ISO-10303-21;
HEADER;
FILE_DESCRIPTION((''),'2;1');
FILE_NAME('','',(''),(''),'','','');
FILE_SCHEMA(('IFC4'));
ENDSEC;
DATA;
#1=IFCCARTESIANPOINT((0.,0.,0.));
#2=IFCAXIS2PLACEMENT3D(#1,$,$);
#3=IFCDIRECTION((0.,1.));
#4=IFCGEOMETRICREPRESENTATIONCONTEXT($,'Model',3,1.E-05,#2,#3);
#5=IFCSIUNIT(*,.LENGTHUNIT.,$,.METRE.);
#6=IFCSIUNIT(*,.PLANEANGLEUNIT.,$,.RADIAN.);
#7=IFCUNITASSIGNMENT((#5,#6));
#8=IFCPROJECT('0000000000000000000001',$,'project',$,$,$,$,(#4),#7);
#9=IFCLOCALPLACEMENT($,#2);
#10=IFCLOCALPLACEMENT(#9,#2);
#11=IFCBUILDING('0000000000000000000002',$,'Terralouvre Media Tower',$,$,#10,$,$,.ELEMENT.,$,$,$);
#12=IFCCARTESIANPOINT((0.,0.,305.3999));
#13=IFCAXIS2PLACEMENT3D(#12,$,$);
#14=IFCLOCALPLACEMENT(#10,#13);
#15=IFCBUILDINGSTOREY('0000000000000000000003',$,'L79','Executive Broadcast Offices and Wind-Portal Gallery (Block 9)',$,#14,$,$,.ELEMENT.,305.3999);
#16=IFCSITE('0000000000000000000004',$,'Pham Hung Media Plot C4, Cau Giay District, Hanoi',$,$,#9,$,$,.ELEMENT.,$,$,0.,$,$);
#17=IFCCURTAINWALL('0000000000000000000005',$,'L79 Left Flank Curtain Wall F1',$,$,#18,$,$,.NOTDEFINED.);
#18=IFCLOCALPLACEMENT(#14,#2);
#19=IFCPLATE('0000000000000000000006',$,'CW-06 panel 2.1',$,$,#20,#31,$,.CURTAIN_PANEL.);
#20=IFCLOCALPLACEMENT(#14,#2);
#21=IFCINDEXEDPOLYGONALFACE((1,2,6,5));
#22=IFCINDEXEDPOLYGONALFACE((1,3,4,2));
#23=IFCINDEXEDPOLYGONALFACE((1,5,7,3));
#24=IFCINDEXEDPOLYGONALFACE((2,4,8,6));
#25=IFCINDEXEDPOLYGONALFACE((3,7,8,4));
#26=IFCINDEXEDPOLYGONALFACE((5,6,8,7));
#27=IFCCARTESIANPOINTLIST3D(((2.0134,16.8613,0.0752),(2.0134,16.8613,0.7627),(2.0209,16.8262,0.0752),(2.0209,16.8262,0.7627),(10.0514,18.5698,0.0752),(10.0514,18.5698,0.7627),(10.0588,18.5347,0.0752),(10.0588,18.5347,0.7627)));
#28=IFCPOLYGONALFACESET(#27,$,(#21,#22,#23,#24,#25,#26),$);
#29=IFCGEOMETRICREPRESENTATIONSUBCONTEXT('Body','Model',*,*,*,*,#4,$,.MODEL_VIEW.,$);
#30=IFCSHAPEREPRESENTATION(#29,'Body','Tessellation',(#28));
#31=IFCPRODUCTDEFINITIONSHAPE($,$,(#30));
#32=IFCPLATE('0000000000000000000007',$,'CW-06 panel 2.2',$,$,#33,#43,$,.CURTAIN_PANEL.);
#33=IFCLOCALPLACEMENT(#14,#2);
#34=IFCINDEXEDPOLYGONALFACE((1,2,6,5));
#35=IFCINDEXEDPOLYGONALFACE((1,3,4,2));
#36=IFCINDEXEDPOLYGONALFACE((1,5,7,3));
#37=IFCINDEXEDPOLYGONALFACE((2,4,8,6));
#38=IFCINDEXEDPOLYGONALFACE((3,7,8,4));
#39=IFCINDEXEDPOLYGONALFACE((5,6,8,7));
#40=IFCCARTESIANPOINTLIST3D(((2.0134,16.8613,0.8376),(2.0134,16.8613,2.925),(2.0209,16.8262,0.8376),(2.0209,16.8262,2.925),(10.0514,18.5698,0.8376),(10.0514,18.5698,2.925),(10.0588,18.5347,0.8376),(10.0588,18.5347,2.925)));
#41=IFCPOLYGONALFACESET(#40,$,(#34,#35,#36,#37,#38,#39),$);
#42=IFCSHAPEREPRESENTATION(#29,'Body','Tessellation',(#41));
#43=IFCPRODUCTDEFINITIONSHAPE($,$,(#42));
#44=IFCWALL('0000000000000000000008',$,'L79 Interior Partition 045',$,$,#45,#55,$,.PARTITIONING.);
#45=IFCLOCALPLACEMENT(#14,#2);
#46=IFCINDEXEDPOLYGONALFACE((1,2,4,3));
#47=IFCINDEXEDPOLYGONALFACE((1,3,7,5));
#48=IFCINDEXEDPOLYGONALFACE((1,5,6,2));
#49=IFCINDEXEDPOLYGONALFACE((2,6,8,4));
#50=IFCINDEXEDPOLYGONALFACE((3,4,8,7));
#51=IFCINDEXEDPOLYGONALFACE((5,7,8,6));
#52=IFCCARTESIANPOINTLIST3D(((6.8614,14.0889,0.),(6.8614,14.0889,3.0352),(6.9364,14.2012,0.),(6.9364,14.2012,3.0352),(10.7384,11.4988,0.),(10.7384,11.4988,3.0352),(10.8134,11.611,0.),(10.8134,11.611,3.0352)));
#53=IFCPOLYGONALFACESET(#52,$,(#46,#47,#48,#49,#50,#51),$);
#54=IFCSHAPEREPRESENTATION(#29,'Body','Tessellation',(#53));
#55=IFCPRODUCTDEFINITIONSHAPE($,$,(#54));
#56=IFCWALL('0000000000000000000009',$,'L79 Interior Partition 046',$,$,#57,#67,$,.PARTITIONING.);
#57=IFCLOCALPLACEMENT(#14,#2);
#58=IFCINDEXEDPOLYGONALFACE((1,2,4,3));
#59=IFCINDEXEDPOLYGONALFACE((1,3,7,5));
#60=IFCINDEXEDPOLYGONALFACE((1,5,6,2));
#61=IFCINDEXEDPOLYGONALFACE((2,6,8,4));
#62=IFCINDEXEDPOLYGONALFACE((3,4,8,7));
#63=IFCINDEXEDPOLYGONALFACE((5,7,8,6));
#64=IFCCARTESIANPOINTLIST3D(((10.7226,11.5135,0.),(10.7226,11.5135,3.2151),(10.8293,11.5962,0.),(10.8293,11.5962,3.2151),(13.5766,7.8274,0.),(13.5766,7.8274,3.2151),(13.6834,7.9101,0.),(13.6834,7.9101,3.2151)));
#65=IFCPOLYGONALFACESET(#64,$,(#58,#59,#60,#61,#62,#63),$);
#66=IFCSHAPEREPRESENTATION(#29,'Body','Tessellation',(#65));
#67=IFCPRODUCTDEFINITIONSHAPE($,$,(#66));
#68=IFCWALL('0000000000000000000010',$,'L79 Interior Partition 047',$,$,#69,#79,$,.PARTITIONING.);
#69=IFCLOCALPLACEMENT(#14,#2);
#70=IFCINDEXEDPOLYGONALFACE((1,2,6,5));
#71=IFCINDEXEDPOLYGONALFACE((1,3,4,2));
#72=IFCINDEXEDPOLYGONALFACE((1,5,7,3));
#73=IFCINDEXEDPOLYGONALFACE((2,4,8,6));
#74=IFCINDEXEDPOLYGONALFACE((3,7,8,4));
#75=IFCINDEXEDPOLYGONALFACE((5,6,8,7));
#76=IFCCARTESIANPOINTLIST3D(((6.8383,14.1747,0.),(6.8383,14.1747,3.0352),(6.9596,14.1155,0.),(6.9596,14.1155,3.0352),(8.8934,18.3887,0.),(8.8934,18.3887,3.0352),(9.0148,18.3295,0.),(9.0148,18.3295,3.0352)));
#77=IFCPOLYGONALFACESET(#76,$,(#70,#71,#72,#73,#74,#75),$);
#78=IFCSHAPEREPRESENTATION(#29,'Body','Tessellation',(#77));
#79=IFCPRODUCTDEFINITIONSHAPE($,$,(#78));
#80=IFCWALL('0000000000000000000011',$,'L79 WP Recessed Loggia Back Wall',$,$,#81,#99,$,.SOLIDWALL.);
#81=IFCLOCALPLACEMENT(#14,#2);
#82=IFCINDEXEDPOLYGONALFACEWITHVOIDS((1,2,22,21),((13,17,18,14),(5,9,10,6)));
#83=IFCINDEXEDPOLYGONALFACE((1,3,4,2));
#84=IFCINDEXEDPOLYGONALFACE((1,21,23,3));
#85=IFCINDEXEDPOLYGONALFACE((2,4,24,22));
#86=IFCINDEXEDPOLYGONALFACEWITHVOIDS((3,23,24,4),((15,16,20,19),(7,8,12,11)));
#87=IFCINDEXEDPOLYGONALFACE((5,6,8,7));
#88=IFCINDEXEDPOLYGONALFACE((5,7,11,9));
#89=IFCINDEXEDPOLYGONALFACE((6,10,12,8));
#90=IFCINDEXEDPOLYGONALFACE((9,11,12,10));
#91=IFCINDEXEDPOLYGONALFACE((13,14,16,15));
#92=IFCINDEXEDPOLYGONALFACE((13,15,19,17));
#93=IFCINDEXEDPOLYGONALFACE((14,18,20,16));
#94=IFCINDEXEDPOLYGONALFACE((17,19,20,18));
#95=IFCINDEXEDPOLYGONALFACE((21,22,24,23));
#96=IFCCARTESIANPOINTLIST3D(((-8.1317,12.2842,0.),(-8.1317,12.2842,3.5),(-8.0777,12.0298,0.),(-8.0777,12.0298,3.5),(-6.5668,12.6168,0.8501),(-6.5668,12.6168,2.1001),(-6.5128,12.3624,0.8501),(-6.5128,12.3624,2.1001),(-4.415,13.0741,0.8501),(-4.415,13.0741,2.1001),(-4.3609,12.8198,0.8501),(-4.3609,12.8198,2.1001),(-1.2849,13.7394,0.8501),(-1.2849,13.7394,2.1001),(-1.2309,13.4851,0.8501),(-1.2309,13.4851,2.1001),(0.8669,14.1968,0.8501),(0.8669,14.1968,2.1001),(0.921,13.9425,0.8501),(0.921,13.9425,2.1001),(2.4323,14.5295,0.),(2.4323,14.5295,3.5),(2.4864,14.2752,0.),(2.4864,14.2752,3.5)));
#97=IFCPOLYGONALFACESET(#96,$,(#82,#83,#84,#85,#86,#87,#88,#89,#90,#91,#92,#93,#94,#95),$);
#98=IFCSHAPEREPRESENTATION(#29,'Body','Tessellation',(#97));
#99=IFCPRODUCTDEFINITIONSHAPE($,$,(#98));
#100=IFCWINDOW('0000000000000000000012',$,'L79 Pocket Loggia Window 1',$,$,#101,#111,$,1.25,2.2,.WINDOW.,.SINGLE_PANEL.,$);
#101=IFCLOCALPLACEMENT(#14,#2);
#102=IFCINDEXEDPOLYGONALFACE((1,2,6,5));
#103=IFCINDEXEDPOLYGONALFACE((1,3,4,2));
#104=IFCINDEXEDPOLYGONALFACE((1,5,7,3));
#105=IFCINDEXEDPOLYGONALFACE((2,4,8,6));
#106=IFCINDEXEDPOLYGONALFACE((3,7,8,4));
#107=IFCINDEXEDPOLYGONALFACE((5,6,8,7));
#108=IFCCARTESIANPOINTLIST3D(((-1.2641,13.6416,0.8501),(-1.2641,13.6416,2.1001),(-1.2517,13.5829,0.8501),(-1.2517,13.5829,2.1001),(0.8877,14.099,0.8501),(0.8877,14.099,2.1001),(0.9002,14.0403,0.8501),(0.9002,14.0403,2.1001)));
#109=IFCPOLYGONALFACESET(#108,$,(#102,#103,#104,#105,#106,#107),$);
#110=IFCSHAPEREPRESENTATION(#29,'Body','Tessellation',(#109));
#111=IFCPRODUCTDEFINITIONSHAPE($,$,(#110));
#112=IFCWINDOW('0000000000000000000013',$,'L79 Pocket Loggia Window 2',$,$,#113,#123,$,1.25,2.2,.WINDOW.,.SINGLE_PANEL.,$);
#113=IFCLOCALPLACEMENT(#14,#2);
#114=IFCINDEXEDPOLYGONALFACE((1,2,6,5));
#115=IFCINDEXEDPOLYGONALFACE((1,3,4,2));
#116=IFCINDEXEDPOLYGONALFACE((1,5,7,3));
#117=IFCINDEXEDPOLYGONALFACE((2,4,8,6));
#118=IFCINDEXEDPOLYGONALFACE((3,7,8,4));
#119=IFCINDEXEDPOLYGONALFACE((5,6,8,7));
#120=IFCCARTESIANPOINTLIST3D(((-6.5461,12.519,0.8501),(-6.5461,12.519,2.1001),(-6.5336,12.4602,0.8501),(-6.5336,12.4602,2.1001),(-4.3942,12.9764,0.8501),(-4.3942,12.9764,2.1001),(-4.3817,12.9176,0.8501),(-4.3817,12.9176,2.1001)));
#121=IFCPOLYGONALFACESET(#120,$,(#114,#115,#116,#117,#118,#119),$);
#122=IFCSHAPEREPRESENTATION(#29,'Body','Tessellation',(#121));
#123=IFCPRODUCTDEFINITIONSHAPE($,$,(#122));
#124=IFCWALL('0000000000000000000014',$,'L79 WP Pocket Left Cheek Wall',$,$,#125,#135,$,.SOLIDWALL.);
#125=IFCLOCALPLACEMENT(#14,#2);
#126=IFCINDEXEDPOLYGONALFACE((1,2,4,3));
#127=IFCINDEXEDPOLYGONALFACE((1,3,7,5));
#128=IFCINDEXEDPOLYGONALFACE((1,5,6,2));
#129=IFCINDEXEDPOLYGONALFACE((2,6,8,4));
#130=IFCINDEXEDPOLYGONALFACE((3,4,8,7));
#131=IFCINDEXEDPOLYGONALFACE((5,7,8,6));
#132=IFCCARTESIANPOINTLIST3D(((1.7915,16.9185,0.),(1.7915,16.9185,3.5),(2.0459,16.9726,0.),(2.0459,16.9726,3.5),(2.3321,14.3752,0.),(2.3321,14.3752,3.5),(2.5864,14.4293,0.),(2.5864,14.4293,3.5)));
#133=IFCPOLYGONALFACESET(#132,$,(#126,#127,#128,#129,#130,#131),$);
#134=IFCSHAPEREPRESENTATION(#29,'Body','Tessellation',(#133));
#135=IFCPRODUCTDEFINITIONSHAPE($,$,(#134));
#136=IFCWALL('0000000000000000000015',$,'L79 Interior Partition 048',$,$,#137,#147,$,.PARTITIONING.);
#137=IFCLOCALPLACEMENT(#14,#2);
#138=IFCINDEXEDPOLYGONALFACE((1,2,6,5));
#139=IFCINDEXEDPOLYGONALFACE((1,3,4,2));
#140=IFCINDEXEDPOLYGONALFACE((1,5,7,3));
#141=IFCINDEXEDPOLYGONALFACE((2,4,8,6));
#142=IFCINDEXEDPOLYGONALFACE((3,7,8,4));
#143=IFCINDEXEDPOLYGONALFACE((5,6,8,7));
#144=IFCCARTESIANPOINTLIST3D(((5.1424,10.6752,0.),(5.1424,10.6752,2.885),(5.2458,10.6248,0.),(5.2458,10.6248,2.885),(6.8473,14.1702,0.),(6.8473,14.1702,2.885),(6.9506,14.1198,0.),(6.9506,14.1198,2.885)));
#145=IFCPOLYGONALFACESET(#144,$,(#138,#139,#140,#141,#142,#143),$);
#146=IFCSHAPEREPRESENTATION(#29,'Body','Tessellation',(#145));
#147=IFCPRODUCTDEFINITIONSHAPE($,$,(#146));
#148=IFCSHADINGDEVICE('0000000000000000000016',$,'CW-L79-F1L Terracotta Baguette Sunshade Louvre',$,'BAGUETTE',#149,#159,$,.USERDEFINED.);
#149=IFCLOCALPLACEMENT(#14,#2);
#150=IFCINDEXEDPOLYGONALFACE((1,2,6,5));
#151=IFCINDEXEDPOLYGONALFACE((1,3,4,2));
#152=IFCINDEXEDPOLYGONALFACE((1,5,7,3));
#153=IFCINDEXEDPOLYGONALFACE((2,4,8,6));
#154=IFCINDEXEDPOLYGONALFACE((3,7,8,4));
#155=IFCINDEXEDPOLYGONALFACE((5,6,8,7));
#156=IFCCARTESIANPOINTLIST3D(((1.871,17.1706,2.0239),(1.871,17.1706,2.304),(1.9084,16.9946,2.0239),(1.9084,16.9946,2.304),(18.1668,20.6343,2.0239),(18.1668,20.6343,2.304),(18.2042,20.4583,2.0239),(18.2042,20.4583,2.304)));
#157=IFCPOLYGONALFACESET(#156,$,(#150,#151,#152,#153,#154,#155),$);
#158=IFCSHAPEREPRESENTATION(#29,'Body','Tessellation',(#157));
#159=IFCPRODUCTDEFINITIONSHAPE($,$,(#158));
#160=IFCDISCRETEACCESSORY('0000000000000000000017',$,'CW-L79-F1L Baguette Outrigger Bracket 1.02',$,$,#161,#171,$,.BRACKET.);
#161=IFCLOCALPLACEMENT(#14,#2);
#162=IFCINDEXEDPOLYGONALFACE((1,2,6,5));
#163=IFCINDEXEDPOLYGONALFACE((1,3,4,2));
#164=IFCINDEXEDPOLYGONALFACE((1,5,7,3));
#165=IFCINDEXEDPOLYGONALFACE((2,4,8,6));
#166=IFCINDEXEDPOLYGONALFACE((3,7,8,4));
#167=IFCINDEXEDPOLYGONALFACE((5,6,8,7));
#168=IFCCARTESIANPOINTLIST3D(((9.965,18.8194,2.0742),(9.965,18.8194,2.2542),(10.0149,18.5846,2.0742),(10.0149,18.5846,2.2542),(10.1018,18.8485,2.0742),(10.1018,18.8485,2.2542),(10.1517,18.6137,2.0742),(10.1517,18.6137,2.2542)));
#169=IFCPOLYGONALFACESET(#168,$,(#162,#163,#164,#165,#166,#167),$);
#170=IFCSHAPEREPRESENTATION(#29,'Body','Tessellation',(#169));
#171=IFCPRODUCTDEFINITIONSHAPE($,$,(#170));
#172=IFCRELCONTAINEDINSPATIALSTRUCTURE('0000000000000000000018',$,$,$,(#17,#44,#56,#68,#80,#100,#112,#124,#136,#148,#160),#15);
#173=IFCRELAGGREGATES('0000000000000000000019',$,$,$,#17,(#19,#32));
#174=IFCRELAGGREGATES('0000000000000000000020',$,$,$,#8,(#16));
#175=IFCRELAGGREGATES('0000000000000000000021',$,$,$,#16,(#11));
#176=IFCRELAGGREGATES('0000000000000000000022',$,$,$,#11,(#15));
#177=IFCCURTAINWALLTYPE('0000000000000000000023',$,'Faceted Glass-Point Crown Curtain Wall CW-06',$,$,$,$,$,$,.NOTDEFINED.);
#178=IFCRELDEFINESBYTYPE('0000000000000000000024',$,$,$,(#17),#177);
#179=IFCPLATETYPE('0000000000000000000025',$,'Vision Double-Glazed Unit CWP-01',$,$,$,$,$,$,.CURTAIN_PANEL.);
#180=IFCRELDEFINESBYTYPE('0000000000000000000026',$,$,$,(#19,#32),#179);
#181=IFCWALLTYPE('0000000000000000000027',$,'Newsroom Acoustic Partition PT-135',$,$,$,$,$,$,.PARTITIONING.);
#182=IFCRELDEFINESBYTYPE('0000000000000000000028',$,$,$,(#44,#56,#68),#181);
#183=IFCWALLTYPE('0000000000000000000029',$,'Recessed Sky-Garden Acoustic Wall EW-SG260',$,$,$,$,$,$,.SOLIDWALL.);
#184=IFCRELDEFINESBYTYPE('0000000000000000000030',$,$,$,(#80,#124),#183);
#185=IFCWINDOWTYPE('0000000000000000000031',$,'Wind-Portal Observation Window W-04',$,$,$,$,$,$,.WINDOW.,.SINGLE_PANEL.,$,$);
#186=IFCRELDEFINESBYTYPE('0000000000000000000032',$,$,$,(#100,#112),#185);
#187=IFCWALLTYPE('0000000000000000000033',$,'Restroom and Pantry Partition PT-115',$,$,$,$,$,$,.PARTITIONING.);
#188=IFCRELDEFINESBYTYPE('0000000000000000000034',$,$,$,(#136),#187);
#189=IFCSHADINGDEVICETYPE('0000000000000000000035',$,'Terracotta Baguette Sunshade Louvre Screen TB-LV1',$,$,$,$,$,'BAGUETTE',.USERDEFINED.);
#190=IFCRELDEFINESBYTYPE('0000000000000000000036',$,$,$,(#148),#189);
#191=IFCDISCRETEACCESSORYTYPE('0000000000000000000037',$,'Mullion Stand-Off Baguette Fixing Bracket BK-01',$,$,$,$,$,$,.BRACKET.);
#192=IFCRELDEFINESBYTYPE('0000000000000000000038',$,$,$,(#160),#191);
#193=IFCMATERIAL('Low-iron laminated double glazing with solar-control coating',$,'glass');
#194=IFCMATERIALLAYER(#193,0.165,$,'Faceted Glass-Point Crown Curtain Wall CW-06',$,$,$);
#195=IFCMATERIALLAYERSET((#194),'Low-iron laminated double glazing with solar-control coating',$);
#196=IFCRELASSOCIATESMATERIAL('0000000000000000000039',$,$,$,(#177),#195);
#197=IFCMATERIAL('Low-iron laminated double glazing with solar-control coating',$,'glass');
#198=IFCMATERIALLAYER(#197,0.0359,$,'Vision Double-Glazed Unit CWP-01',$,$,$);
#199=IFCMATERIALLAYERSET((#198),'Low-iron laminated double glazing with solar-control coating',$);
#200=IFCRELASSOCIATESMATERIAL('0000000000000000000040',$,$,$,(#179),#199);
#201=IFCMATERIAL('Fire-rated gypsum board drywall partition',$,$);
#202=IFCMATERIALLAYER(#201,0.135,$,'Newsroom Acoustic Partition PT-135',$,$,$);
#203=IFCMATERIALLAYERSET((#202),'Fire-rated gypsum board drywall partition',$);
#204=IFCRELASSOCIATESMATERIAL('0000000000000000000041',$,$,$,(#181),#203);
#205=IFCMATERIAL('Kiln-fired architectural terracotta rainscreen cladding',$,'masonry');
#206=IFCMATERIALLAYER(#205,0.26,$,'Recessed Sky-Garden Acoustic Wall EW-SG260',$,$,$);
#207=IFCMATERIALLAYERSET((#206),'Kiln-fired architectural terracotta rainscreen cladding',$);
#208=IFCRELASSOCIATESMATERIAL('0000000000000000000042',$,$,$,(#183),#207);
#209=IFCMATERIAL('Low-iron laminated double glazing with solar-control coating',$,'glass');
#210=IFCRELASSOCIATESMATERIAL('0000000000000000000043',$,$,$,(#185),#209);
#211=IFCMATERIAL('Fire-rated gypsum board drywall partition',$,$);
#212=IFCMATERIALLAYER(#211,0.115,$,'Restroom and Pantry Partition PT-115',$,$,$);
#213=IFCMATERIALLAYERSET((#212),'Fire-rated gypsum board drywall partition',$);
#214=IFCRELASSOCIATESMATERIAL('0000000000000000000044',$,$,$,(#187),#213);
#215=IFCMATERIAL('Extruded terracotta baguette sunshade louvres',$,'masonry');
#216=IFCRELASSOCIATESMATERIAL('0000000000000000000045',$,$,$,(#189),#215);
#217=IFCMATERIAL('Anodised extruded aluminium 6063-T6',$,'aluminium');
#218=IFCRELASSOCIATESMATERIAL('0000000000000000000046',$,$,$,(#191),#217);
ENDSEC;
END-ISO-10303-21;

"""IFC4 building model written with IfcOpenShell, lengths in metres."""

from ifc_helpers import new_model, si_unit, direction, frame, frame_2d, origin, origin_2d, place, context, subcontext, project, spatial, rectangle, extrude, material, layer, layer_set, type_object, element, fill, aggregate, save


model = new_model("IFC4")

# Units and contexts
model_context = context("Model", 3, precision=1e-05, world=origin(), true_north=direction((0.0, 1.0)))
body_context = subcontext(model_context, "Body", "Model", "MODEL_VIEW")
ifc_project = project(units=[si_unit("LENGTHUNIT", "METRE"), si_unit("PLANEANGLEUNIT", "RADIAN")], contexts=[model_context])

# Site, building, storey
site_placement = place(None, origin())
site = spatial("IfcSite", under=ifc_project, at=site_placement, Name="Pham Hung Media Plot C4, Cau Giay District, Hanoi", CompositionType="ELEMENT", RefElevation=0.0)
building_placement = place(site_placement, origin())
building = spatial("IfcBuilding", under=site, at=building_placement, Name="Terralouvre Media Tower", CompositionType="ELEMENT")
storey_placement = place(building_placement, frame((0.0, 0.0, 305.3999)))
storey = spatial("IfcBuildingStorey", under=building, at=storey_placement, Name="L79", Description="Executive Broadcast Offices and Wind-Portal Gallery (Block 9)", CompositionType="ELEMENT", Elevation=305.3999)

# Curtain wall
ifc_material_1 = material(Name="Low-iron laminated double glazing with solar-control coating", Category="glass")
ifc_layer_1 = layer(ifc_material_1, 0.165, Name="Faceted Glass-Point Crown Curtain Wall CW-06")
ifc_layer_set_1 = layer_set([ifc_layer_1], Name="Low-iron laminated double glazing with solar-control coating")
curtain_wall_type = type_object("IfcCurtainWallType", Name="Faceted Glass-Point Crown Curtain Wall CW-06", PredefinedType="NOTDEFINED", material=ifc_layer_set_1)
curtain_wall_placement = place(storey_placement, origin())
curtain_wall = element("IfcCurtainWall", 1, at=curtain_wall_placement, inside=storey, type_object=curtain_wall_type, Name="L79 Left Flank Curtain Wall F1", PredefinedType="NOTDEFINED")

# Plates
ifc_material_2 = material(Name="Low-iron laminated double glazing with solar-control coating", Category="glass")
ifc_layer_2 = layer(ifc_material_2, 0.0359, Name="Vision Double-Glazed Unit CWP-01")
ifc_layer_set_2 = layer_set([ifc_layer_2], Name="Low-iron laminated double glazing with solar-control coating")
plate_type = type_object("IfcPlateType", Name="Vision Double-Glazed Unit CWP-01", PredefinedType="CURTAIN_PANEL", material=ifc_layer_set_2)
plate_1_placement = place(storey_placement, frame((6.0361, 17.698, 0.0752), z_axis=(0.0, 0.0, 1.0), x_axis=(-0.978148, -0.207912, 0.0)))
plate_1 = element("IfcPlate", 2, at=plate_1_placement, type_object=plate_type, Name="CW-06 panel 2.1", PredefinedType="CURTAIN_PANEL", context=body_context, shape_type="SweptSolid", body=[
    extrude(rectangle(XDim=8.2175, YDim=0.0359, at=origin_2d()), origin(), (0.0, 0.0, 1.0), 0.6875),
])
plate_2_placement = place(storey_placement, frame((6.0361, 17.698, 0.8376), z_axis=(0.0, 0.0, 1.0), x_axis=(-0.978148, -0.207912, 0.0)))
plate_2 = element("IfcPlate", 3, at=plate_2_placement, type_object=plate_type, Name="CW-06 panel 2.2", PredefinedType="CURTAIN_PANEL", context=body_context, shape_type="SweptSolid", body=[
    extrude(rectangle(XDim=8.2175, YDim=0.0359, at=origin_2d()), origin(), (0.0, 0.0, 1.0), 2.0874),
])
aggregate(curtain_wall, [plate_1, plate_2])

# Walls
ifc_material_3 = material(Name="Fire-rated gypsum board drywall partition")
ifc_layer_3 = layer(ifc_material_3, 0.135, Name="Newsroom Acoustic Partition PT-135")
ifc_layer_set_3 = layer_set([ifc_layer_3], Name="Fire-rated gypsum board drywall partition")
wall_type_1 = type_object("IfcWallType", Name="Newsroom Acoustic Partition PT-135", PredefinedType="PARTITIONING", material=ifc_layer_set_3)
wall_1_placement = place(storey_placement, frame((6.8989, 14.145, 0.0), z_axis=(0.0, 0.0, 1.0), x_axis=(0.83151, -0.55551, 0.0)))
element("IfcWall", 4, at=wall_1_placement, inside=storey, type_object=wall_type_1, Name="L79 Interior Partition 045", PredefinedType="PARTITIONING", context=body_context, shape_type="SweptSolid", body=[
    extrude(rectangle(XDim=4.6626, YDim=0.135, at=frame_2d((2.3313, 0.0))), origin(), (0.0, 0.0, 1.0), 3.0352),
])
wall_2_placement = place(storey_placement, frame((10.7759, 11.5549, 0.0), z_axis=(0.0, 0.0, 1.0), x_axis=(0.612213, -0.790693, 0.0)))
element("IfcWall", 5, at=wall_2_placement, inside=storey, type_object=wall_type_1, Name="L79 Interior Partition 046", PredefinedType="PARTITIONING", context=body_context, shape_type="SweptSolid", body=[
    extrude(rectangle(XDim=4.6619, YDim=0.135, at=frame_2d((2.3311, 0.0))), origin(), (0.0, 0.0, 1.0), 3.2151),
])
wall_3_placement = place(storey_placement, frame((8.9541, 18.3591, 0.0), z_axis=(0.0, 0.0, 1.0), x_axis=(-0.43834, -0.898809, 0.0)))
element("IfcWall", 6, at=wall_3_placement, inside=storey, type_object=wall_type_1, Name="L79 Interior Partition 047", PredefinedType="PARTITIONING", context=body_context, shape_type="SweptSolid", body=[
    extrude(rectangle(XDim=4.6885, YDim=0.135, at=frame_2d((2.3442, 0.0))), origin(), (0.0, 0.0, 1.0), 3.0352),
])

# Wall, openings, windows
ifc_material_4 = material(Name="Kiln-fired architectural terracotta rainscreen cladding", Category="masonry")
ifc_layer_4 = layer(ifc_material_4, 0.26, Name="Recessed Sky-Garden Acoustic Wall EW-SG260")
ifc_layer_set_4 = layer_set([ifc_layer_4], Name="Kiln-fired architectural terracotta rainscreen cladding")
wall_type_2 = type_object("IfcWallType", Name="Recessed Sky-Garden Acoustic Wall EW-SG260", PredefinedType="SOLIDWALL", material=ifc_layer_set_4)
wall_4_placement = place(storey_placement, frame((2.4592, 14.4023, 0.0), z_axis=(0.0, 0.0, 1.0), x_axis=(-0.978149, -0.207905, 0.0)))
wall_4 = element("IfcWall", 7, at=wall_4_placement, inside=storey, type_object=wall_type_2, Name="L79 WP Recessed Loggia Back Wall", PredefinedType="SOLIDWALL", context=body_context, shape_type="SweptSolid", body=[
    extrude(rectangle(XDim=10.8, YDim=0.26, at=frame_2d((5.3999, 0.0))), origin(), (0.0, 0.0, 1.0), 3.5),
])
opening_1_placement = place(wall_4_placement, frame((1.6001, 0.0, 0.8501)))
opening_1 = element("IfcOpeningElement", 8, at=opening_1_placement, cuts=wall_4, PredefinedType="OPENING", context=body_context, shape_type="SweptSolid", body=[
    extrude(rectangle(XDim=2.2, YDim=1.25, at=frame_2d((1.1001, 0.625))), frame((0.0, 0.1399, 0.0), z_axis=(0.0, -1.0, 0.0), x_axis=(1.0, 0.0, 0.0)), (0.0, 0.0, 1.0), 0.28),
])
opening_2_placement = place(wall_4_placement, frame((7.0, 0.0, 0.8501)))
opening_2 = element("IfcOpeningElement", 9, at=opening_2_placement, cuts=wall_4, PredefinedType="OPENING", context=body_context, shape_type="SweptSolid", body=[
    extrude(rectangle(XDim=2.2, YDim=1.25, at=frame_2d((1.1001, 0.625))), frame((0.0, 0.1399, 0.0), z_axis=(0.0, -1.0, 0.0), x_axis=(1.0, 0.0, 0.0)), (0.0, 0.0, 1.0), 0.28),
])
ifc_material_5 = material(Name="Low-iron laminated double glazing with solar-control coating", Category="glass")
window_type = type_object("IfcWindowType", Name="Wind-Portal Observation Window W-04", PartitioningType="SINGLE_PANEL", PredefinedType="WINDOW", material=ifc_material_5)
window_1_placement = place(opening_1_placement, origin())
window_1 = element("IfcWindow", 10, at=window_1_placement, inside=storey, type_object=window_type, Name="L79 Pocket Loggia Window 1", OverallHeight=1.25, OverallWidth=2.2, PartitioningType="SINGLE_PANEL", PredefinedType="WINDOW", context=body_context, shape_type="SweptSolid", body=[
    extrude(rectangle(XDim=2.2, YDim=1.25, at=frame_2d((1.1001, 0.625))), frame((0.0, 0.03, 0.0), z_axis=(0.0, -1.0, 0.0), x_axis=(1.0, 0.0, 0.0)), (0.0, 0.0, 1.0), 0.0601),
])
fill(opening_1, window_1)
window_2_placement = place(opening_2_placement, origin())
window_2 = element("IfcWindow", 11, at=window_2_placement, inside=storey, type_object=window_type, Name="L79 Pocket Loggia Window 2", OverallHeight=1.25, OverallWidth=2.2, PartitioningType="SINGLE_PANEL", PredefinedType="WINDOW", context=body_context, shape_type="SweptSolid", body=[
    extrude(rectangle(XDim=2.2, YDim=1.25, at=frame_2d((1.1001, 0.625))), frame((0.0, 0.03, 0.0), z_axis=(0.0, -1.0, 0.0), x_axis=(1.0, 0.0, 0.0)), (0.0, 0.0, 1.0), 0.0601),
])
fill(opening_2, window_2)

# Walls
wall_5_placement = place(storey_placement, frame((1.9187, 16.9456, 0.0), z_axis=(0.0, 0.0, 1.0), x_axis=(0.207894, -0.978151, 0.0)))
element("IfcWall", 12, at=wall_5_placement, inside=storey, type_object=wall_type_2, Name="L79 WP Pocket Left Cheek Wall", PredefinedType="SOLIDWALL", context=body_context, shape_type="SweptSolid", body=[
    extrude(rectangle(XDim=2.6001, YDim=0.26, at=frame_2d((1.3, 0.0))), origin(), (0.0, 0.0, 1.0), 3.5),
])
ifc_material_6 = material(Name="Fire-rated gypsum board drywall partition")
ifc_layer_5 = layer(ifc_material_6, 0.115, Name="Restroom and Pantry Partition PT-115")
ifc_layer_set_5 = layer_set([ifc_layer_5], Name="Fire-rated gypsum board drywall partition")
wall_type_3 = type_object("IfcWallType", Name="Restroom and Pantry Partition PT-115", PredefinedType="PARTITIONING", material=ifc_layer_set_5)
wall_6_placement = place(storey_placement, frame((6.8989, 14.145, 0.0), z_axis=(0.0, 0.0, 1.0), x_axis=(-0.438403, -0.898779, 0.0)))
element("IfcWall", 13, at=wall_6_placement, inside=storey, type_object=wall_type_3, Name="L79 Interior Partition 048", PredefinedType="PARTITIONING", context=body_context, shape_type="SweptSolid", body=[
    extrude(rectangle(XDim=3.8887, YDim=0.115, at=frame_2d((1.9443, 0.0))), origin(), (0.0, 0.0, 1.0), 2.885),
])

# Shading device
ifc_material_7 = material(Name="Extruded terracotta baguette sunshade louvres", Category="masonry")
shading_device_type = type_object("IfcShadingDeviceType", Name="Terracotta Baguette Sunshade Louvre Screen TB-LV1", ElementType="BAGUETTE", PredefinedType="USERDEFINED", material=ifc_material_7)
shading_device_placement = place(storey_placement, frame((10.0376, 18.8145, 2.0239), z_axis=(0.0, 0.0, 1.0), x_axis=(-0.978148, -0.207912, 0.0)))
element("IfcShadingDevice", 14, at=shading_device_placement, inside=storey, type_object=shading_device_type, Name="CW-L79-F1L Terracotta Baguette Sunshade Louvre", ObjectType="BAGUETTE", PredefinedType="USERDEFINED", context=body_context, shape_type="SweptSolid", body=[
    extrude(rectangle(XDim=16.6599, YDim=0.1799, at=origin_2d()), origin(), (0.0, 0.0, 1.0), 0.28),
])

# Discrete accessory
ifc_material_8 = material(Name="Anodised extruded aluminium 6063-T6", Category="aluminium")
discrete_accessory_type = type_object("IfcDiscreteAccessoryType", Name="Mullion Stand-Off Baguette Fixing Bracket BK-01", PredefinedType="BRACKET", material=ifc_material_8)
for number, where, z_axis, x_axis, name in (
    (15, (10.0583, 18.7166, 2.0742), (0.0, 0.0, 1.0), (-0.978148, -0.207912, 0.0), "CW-L79-F1L Baguette Outrigger Bracket 1.02"),
):
    element("IfcDiscreteAccessory", number, at=place(storey_placement, frame(where, z_axis=z_axis, x_axis=x_axis)), inside=storey, type_object=discrete_accessory_type, Name=name, PredefinedType="BRACKET", context=body_context, shape_type="SweptSolid", body=[
        extrude(rectangle(XDim=0.1399, YDim=0.24, at=origin_2d()), origin(), (0.0, 0.0, 1.0), 0.1799),
    ])

save(model, "model.ifc")
